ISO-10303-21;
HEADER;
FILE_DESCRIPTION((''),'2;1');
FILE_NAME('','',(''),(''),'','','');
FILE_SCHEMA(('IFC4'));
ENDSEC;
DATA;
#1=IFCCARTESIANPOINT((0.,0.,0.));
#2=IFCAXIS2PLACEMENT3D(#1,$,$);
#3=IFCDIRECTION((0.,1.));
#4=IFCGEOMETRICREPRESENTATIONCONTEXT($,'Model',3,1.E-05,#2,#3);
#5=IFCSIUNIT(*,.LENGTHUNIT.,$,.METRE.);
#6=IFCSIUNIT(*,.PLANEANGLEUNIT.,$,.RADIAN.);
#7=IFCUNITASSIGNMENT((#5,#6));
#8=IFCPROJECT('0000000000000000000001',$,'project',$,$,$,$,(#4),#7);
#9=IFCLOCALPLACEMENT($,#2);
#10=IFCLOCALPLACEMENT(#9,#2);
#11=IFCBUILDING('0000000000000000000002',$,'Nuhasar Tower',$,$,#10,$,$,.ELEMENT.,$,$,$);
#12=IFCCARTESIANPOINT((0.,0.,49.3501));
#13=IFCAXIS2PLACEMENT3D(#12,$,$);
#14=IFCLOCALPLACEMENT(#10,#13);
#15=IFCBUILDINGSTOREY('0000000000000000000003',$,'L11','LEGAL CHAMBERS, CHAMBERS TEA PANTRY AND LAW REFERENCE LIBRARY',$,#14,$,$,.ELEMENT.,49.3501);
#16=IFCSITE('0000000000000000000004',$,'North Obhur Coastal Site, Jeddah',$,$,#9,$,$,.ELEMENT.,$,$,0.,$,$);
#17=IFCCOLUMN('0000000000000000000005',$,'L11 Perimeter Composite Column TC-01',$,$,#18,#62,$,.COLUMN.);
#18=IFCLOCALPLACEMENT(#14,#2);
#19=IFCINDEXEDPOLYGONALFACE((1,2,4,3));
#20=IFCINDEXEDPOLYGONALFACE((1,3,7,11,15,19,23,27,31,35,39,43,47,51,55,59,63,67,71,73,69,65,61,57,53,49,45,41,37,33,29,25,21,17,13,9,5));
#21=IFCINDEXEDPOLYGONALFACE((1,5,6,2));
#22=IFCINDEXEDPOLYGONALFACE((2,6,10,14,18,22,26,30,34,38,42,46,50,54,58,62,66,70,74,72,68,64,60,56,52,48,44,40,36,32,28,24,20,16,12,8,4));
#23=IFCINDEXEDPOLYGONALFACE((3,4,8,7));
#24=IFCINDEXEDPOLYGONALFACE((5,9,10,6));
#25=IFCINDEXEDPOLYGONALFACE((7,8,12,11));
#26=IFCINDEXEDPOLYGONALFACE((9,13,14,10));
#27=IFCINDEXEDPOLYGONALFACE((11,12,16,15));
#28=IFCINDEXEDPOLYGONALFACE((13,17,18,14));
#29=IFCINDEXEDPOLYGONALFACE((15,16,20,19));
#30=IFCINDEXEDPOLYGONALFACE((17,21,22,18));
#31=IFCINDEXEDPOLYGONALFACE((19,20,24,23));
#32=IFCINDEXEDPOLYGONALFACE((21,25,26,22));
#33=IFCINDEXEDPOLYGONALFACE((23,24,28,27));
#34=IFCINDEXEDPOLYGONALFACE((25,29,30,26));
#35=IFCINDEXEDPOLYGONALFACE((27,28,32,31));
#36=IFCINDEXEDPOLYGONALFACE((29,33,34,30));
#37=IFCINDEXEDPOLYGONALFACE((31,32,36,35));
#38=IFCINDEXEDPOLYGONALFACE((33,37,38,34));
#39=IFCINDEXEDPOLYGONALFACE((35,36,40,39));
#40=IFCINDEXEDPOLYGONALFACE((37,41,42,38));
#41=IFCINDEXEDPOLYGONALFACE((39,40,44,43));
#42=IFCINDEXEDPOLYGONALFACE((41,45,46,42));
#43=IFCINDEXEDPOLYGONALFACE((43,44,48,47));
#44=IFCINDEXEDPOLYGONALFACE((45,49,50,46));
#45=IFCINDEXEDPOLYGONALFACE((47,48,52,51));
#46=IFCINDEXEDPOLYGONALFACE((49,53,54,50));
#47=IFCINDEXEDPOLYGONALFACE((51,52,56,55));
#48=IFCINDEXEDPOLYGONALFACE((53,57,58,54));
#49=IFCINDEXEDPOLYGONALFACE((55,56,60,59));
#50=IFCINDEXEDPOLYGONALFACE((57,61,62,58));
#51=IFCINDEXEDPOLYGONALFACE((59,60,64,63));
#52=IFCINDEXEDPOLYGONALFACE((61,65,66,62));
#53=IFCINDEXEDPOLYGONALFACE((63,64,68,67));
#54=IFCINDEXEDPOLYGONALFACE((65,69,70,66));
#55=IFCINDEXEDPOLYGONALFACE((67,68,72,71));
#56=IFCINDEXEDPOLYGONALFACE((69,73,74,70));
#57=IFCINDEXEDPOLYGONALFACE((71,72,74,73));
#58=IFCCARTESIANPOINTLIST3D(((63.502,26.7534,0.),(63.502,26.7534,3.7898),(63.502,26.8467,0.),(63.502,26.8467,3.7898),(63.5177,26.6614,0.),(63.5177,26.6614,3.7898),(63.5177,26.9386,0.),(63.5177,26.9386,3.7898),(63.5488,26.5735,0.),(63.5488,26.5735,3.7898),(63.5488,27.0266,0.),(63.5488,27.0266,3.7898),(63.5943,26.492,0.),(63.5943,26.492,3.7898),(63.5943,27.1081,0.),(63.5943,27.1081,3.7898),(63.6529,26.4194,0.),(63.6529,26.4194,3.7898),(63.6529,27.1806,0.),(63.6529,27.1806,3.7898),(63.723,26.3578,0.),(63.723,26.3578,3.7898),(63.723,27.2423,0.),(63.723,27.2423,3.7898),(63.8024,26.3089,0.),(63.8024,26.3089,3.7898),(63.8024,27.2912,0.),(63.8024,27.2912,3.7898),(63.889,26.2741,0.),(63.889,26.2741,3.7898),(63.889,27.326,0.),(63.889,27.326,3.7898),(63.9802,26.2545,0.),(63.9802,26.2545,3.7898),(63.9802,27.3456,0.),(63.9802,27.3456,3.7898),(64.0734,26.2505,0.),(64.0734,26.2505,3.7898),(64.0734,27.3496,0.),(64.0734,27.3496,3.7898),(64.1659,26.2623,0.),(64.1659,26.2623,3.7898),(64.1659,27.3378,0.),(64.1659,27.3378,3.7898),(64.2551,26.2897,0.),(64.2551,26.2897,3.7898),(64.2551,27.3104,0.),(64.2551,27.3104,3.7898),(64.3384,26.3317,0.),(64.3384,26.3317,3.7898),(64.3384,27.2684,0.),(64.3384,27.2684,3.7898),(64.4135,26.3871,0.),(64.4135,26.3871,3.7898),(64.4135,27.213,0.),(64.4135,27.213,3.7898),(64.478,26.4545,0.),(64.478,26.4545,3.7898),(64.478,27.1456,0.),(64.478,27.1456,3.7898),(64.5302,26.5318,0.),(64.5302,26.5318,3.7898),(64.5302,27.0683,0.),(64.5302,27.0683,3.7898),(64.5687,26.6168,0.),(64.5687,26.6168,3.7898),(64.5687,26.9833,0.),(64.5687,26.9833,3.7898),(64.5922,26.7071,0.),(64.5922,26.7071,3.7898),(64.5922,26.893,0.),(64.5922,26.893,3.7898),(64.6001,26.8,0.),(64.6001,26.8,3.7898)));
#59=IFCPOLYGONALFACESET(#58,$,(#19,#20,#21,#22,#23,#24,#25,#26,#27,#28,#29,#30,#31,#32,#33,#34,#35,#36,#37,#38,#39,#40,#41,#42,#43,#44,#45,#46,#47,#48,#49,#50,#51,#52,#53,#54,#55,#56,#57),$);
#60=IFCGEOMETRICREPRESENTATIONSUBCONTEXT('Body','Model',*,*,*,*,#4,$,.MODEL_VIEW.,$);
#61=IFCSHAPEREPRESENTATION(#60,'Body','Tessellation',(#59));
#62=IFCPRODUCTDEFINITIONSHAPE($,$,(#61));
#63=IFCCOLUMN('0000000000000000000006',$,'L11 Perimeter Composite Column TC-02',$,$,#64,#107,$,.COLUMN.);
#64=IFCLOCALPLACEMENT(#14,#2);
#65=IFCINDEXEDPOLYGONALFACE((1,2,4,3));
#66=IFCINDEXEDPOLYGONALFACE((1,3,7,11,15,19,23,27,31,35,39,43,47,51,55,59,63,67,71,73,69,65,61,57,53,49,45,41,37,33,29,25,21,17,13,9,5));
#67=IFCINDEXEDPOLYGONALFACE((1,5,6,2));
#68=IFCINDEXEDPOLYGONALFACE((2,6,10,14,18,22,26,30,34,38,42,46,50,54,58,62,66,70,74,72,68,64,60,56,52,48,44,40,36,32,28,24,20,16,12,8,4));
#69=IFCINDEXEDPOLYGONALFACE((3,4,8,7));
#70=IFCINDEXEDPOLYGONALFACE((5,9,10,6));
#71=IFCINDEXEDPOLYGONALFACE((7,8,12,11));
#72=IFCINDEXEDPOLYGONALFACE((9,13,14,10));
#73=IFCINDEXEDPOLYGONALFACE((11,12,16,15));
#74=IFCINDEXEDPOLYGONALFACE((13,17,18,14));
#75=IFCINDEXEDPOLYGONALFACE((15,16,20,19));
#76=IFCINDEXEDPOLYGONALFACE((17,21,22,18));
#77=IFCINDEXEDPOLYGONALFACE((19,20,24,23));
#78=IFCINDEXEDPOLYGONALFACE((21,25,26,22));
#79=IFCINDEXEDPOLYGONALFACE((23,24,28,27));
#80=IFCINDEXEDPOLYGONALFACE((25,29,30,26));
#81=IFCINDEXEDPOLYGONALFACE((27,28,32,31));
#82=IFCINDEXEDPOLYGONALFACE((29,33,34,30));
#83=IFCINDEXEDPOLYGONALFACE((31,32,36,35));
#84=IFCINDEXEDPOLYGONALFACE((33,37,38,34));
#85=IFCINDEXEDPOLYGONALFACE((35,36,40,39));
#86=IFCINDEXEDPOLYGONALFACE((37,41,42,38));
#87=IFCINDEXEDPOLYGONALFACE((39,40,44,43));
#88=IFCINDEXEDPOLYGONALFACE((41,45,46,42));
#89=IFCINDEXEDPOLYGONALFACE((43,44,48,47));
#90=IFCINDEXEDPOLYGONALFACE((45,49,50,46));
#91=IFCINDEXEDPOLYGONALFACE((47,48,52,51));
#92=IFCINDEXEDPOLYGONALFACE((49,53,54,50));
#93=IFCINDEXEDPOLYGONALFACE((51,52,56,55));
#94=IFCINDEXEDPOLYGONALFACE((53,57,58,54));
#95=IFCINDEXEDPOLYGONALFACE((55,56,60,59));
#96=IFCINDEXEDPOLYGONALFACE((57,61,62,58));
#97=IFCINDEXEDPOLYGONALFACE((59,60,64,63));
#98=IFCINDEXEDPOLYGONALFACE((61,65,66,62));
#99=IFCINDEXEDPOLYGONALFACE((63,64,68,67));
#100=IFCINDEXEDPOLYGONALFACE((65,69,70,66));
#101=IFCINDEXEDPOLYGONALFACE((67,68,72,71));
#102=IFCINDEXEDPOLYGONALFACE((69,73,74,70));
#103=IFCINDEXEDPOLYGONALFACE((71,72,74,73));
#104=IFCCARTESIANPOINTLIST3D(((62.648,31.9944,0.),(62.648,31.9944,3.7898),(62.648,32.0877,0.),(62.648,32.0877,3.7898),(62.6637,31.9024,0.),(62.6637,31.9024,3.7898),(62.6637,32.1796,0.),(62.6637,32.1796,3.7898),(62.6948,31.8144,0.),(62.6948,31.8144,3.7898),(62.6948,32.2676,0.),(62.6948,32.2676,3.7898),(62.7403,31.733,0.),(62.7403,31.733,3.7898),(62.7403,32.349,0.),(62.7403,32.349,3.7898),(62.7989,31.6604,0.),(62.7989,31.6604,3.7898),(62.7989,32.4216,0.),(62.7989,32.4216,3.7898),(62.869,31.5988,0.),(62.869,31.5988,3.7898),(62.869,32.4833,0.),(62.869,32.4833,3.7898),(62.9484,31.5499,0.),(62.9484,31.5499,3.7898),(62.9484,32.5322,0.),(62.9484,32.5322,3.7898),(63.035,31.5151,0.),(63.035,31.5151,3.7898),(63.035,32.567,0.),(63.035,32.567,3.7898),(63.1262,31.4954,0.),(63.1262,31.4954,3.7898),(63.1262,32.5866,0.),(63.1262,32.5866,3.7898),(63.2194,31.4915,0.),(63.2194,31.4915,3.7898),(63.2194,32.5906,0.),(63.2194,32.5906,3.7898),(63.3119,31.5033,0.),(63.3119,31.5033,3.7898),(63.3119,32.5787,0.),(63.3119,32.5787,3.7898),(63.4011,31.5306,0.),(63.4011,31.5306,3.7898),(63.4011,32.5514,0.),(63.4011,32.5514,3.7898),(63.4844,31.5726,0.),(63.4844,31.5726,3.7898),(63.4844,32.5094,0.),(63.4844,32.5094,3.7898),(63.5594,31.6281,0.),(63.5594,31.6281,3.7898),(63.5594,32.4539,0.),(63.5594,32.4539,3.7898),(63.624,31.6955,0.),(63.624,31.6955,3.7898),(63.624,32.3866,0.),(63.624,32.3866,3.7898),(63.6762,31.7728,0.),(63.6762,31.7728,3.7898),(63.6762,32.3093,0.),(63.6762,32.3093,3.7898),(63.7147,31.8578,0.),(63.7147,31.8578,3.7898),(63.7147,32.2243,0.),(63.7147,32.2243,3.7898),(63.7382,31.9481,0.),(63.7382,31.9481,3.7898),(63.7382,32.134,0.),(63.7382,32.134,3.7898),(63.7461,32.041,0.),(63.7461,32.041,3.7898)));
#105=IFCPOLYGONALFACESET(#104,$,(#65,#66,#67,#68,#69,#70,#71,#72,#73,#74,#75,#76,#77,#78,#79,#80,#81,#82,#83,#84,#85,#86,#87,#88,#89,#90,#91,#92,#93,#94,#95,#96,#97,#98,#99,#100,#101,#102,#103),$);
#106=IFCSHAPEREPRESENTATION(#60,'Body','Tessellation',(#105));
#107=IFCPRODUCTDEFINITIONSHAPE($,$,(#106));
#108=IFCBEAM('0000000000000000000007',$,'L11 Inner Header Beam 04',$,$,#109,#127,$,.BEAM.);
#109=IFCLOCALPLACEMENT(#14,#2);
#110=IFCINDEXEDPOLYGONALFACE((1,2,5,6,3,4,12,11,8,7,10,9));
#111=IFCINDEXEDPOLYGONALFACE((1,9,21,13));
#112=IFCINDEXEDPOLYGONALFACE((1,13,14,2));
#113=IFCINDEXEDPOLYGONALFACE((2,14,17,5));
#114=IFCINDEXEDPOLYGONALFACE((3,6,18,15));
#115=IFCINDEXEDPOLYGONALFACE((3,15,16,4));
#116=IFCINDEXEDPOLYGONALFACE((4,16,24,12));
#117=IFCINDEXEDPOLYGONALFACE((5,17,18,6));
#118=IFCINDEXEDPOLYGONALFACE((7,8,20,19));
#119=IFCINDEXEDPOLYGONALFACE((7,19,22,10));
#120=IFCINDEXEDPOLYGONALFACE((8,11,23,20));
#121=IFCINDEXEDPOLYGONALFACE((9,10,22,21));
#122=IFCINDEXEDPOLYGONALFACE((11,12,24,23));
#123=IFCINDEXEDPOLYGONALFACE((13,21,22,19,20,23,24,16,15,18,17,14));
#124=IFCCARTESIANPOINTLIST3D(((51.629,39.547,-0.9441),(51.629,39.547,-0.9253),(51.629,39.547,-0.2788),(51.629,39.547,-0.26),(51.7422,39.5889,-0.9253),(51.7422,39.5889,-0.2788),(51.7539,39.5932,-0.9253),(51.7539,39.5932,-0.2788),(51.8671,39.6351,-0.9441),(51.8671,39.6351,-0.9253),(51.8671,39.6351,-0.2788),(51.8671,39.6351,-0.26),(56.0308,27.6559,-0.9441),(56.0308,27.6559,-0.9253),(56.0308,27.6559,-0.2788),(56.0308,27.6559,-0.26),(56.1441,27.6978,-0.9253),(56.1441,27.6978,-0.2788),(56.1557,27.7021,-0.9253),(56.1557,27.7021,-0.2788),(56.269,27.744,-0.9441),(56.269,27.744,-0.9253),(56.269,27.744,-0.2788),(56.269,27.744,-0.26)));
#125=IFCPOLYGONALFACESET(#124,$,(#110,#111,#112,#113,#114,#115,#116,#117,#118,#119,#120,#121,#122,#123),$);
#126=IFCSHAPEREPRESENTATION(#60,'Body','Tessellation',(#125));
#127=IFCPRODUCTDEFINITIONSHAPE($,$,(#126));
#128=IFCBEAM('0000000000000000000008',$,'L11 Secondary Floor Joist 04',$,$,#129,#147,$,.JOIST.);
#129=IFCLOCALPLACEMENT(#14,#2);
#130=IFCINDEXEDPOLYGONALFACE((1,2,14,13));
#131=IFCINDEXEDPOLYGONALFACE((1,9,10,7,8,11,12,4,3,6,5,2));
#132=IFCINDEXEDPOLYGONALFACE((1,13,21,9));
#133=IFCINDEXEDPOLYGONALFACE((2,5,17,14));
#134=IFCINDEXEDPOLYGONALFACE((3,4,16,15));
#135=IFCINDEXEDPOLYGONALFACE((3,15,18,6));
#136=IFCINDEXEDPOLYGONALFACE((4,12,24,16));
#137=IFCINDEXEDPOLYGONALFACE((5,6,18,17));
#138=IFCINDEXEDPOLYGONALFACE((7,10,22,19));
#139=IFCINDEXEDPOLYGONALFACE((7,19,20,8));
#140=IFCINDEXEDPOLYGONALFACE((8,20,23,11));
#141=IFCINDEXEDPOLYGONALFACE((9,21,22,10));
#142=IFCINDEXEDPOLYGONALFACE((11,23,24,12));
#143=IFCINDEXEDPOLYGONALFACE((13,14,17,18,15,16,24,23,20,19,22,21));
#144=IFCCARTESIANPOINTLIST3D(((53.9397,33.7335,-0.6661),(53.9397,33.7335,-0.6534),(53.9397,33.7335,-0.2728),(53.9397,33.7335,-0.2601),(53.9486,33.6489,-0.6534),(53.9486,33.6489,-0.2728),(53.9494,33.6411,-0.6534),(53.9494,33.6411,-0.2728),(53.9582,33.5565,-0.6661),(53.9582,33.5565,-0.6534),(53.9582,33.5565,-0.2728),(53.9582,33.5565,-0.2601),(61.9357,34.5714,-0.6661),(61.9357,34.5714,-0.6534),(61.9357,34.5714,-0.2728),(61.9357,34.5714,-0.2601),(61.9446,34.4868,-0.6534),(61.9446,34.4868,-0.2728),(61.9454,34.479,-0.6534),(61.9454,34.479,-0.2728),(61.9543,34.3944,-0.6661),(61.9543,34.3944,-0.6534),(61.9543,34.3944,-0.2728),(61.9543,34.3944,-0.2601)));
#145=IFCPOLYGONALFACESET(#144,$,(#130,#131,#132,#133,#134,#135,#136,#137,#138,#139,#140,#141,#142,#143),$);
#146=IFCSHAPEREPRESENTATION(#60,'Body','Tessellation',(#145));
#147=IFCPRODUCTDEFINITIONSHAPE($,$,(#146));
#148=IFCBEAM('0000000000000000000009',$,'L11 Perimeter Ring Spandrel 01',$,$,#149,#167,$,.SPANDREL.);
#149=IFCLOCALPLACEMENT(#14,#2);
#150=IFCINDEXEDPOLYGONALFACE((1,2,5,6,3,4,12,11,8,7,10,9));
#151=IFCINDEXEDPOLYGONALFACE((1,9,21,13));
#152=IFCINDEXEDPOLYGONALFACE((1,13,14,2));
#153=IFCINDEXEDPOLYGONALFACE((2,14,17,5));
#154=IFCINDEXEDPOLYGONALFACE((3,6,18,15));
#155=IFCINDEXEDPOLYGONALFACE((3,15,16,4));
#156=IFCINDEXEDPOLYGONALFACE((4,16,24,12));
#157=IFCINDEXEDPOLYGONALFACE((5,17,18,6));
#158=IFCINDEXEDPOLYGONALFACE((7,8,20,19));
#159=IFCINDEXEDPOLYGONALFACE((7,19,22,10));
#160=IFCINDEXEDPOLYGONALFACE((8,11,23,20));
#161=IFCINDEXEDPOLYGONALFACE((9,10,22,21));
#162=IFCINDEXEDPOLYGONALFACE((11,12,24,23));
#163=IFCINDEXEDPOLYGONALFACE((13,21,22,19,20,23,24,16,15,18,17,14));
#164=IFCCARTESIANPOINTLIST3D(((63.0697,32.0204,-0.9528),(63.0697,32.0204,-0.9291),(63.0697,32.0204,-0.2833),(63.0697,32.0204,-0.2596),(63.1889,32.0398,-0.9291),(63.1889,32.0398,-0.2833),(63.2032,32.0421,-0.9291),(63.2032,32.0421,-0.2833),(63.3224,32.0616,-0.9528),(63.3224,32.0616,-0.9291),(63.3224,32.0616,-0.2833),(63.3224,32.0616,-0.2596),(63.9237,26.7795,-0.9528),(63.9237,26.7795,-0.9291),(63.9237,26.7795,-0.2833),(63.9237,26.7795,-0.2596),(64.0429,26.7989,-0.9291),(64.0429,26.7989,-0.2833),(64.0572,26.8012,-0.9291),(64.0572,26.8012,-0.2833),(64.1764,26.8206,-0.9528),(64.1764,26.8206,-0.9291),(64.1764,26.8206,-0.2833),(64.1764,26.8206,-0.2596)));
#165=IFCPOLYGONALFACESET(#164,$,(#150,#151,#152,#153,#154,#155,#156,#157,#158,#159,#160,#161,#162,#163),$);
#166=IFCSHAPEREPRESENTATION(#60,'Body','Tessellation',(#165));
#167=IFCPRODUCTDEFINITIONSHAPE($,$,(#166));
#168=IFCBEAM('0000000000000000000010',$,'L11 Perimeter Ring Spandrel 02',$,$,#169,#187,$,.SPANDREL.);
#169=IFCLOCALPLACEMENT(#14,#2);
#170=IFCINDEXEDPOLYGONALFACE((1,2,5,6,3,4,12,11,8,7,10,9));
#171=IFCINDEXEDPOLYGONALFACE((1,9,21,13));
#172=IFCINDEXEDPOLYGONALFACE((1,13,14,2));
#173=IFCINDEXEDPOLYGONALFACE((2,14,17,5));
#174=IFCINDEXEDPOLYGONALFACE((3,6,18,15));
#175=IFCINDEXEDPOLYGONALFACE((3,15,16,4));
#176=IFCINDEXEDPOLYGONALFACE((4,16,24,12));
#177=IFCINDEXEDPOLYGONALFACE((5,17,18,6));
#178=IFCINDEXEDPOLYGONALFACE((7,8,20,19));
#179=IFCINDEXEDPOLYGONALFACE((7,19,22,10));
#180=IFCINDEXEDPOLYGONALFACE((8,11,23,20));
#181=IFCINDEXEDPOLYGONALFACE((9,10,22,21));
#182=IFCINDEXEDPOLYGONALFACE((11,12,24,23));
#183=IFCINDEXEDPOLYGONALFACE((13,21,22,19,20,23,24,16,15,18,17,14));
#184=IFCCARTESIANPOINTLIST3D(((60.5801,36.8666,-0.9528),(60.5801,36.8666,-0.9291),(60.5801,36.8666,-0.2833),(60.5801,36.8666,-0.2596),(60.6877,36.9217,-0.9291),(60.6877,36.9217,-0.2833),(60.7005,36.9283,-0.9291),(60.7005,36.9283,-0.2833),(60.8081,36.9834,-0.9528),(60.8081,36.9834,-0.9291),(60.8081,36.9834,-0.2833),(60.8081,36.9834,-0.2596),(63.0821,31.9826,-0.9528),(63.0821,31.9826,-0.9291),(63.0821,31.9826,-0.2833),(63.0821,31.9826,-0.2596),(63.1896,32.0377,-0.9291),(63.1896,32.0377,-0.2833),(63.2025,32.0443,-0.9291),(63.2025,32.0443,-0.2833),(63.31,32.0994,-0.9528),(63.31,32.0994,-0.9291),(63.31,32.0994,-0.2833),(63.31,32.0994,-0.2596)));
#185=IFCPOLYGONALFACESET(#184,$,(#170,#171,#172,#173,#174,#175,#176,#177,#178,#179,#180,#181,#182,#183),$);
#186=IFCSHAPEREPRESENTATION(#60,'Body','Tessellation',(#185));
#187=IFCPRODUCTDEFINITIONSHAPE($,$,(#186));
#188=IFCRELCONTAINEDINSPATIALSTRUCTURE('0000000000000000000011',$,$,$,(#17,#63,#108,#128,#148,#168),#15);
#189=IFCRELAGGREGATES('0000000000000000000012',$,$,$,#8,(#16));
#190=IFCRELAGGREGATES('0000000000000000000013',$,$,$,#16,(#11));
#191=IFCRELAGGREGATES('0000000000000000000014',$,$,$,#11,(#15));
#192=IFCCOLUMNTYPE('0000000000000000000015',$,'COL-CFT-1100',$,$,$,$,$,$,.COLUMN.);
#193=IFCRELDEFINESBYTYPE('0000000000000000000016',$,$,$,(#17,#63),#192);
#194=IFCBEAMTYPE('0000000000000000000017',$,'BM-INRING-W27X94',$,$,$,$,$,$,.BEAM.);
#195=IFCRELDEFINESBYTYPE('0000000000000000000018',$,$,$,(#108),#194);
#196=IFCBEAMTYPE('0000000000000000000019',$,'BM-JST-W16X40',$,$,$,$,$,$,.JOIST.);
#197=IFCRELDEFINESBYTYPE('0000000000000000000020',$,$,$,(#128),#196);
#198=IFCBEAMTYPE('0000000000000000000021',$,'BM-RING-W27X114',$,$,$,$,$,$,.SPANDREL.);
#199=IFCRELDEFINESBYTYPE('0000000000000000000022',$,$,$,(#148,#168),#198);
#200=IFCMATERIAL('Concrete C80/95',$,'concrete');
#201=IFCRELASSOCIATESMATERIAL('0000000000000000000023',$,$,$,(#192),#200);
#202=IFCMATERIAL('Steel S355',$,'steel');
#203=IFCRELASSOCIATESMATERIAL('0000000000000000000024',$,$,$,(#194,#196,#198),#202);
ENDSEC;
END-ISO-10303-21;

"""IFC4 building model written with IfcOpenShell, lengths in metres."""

from ifc_helpers import new_model, si_unit, direction, frame, origin, origin_2d, place, context, subcontext, project, spatial, circle, i_section, extrude, material, material_profile, profile_set, type_object, element, save


model = new_model("IFC4")

# Units and contexts
model_context = context("Model", 3, precision=1e-05, world=origin(), true_north=direction((0.0, 1.0)))
body_context = subcontext(model_context, "Body", "Model", "MODEL_VIEW")
ifc_project = project(units=[si_unit("LENGTHUNIT", "METRE"), si_unit("PLANEANGLEUNIT", "RADIAN")], contexts=[model_context])

# Site, building, storey
site_placement = place(None, origin())
site = spatial("IfcSite", under=ifc_project, at=site_placement, Name="North Obhur Coastal Site, Jeddah", CompositionType="ELEMENT", RefElevation=0.0)
building_placement = place(site_placement, origin())
building = spatial("IfcBuilding", under=site, at=building_placement, Name="Nuhasar Tower", CompositionType="ELEMENT")
storey_placement = place(building_placement, frame((0.0, 0.0, 49.3501)))
storey = spatial("IfcBuildingStorey", under=building, at=storey_placement, Name="L11", Description="LEGAL CHAMBERS, CHAMBERS TEA PANTRY AND LAW REFERENCE LIBRARY", CompositionType="ELEMENT", Elevation=49.3501)

# Columns
ifc_material_1 = material(Name="Concrete C80/95", Category="concrete")
ifc_material_profile_1 = material_profile(ifc_material_1, circle(Radius=0.55, at=origin_2d()), Name="CFT1100")
ifc_profile_set_1 = profile_set([ifc_material_profile_1], Name="Concrete C80/95")
column_type = type_object("IfcColumnType", Name="COL-CFT-1100", PredefinedType="COLUMN", material=ifc_profile_set_1)
for number, where, z_axis, x_axis, name in (
    (1, (64.05, 26.8, 0.0), (0.0, 0.0, 1.0), (1.0, 0.0, 0.0), "L11 Perimeter Composite Column TC-01"),
    (2, (63.196, 32.041, 0.0), (0.0, 0.0, 1.0), (1.0, 0.0, 0.0), "L11 Perimeter Composite Column TC-02"),
):
    element("IfcColumn", number, at=place(storey_placement, frame(where, z_axis=z_axis, x_axis=x_axis)), inside=storey, type_object=column_type, Name=name, PredefinedType="COLUMN", context=body_context, shape_type="SweptSolid", body=[
        extrude(circle(Radius=0.55, at=origin_2d()), origin(), (0.0, 0.0, 1.0), 3.7898),
    ])

# Beams
ifc_material_2 = material(Name="Steel S355", Category="steel")
ifc_material_profile_2 = material_profile(ifc_material_2, i_section(OverallWidth=0.2539, OverallDepth=0.6841, WebThickness=0.0125, FlangeThickness=0.0188, at=origin_2d()), Name="W27X94")
ifc_profile_set_2 = profile_set([ifc_material_profile_2], Name="Steel S355")
beam_type_1 = type_object("IfcBeamType", Name="BM-INRING-W27X94", PredefinedType="BEAM", material=ifc_profile_set_2)
beam_1_placement = place(storey_placement, frame((56.1499, 27.7, -0.6021), z_axis=(-0.347158, 0.937807, 0.0), x_axis=(-0.937807, -0.347158, 0.0)))
element("IfcBeam", 3, at=beam_1_placement, inside=storey, type_object=beam_type_1, Name="L11 Inner Header Beam 04", PredefinedType="BEAM", context=body_context, shape_type="SweptSolid", body=[
    extrude(i_section(OverallWidth=0.2539, OverallDepth=0.6841, WebThickness=0.0125, FlangeThickness=0.0188, at=origin_2d()), origin(), (0.0, 0.0, 1.0), 12.6797),
])
ifc_material_profile_3 = material_profile(ifc_material_2, i_section(OverallWidth=0.178, OverallDepth=0.406, WebThickness=0.0078, FlangeThickness=0.0127, at=origin_2d()), Name="W16X40")
ifc_profile_set_3 = profile_set([ifc_material_profile_3], Name="Steel S355")
beam_type_2 = type_object("IfcBeamType", Name="BM-JST-W16X40", PredefinedType="JOIST", material=ifc_profile_set_3)
beam_2_placement = place(storey_placement, frame((53.949, 33.645, -0.4631), z_axis=(0.994555, 0.104217, 0.0), x_axis=(-0.104217, 0.994555, 0.0)))
element("IfcBeam", 4, at=beam_2_placement, inside=storey, type_object=beam_type_2, Name="L11 Secondary Floor Joist 04", PredefinedType="JOIST", context=body_context, shape_type="SweptSolid", body=[
    extrude(i_section(OverallWidth=0.178, OverallDepth=0.406, WebThickness=0.0078, FlangeThickness=0.0127, at=origin_2d()), origin(), (0.0, 0.0, 1.0), 8.0398),
])
ifc_material_profile_4 = material_profile(ifc_material_2, i_section(OverallWidth=0.2561, OverallDepth=0.6931, WebThickness=0.0144, FlangeThickness=0.0237, at=origin_2d()), Name="W27X114")
ifc_profile_set_4 = profile_set([ifc_material_profile_4], Name="Steel S355")
beam_type_3 = type_object("IfcBeamType", Name="BM-RING-W27X114", PredefinedType="SPANDREL", material=ifc_profile_set_4)
beam_3_placement = place(storey_placement, frame((64.05, 26.8, -0.6062), z_axis=(-0.160827, 0.986983, 0.0), x_axis=(-0.986983, -0.160827, 0.0)))
element("IfcBeam", 5, at=beam_3_placement, inside=storey, type_object=beam_type_3, Name="L11 Perimeter Ring Spandrel 01", PredefinedType="SPANDREL", context=body_context, shape_type="SweptSolid", body=[
    extrude(i_section(OverallWidth=0.2561, OverallDepth=0.6931, WebThickness=0.0144, FlangeThickness=0.0237, at=origin_2d()), origin(), (0.0, 0.0, 1.0), 5.3101),
])
beam_4_placement = place(storey_placement, frame((63.196, 32.041, -0.6062), z_axis=(-0.45593, 0.890016, 0.0), x_axis=(-0.890016, -0.45593, 0.0)))
element("IfcBeam", 6, at=beam_4_placement, inside=storey, type_object=beam_type_3, Name="L11 Perimeter Ring Spandrel 02", PredefinedType="SPANDREL", context=body_context, shape_type="SweptSolid", body=[
    extrude(i_section(OverallWidth=0.2561, OverallDepth=0.6931, WebThickness=0.0144, FlangeThickness=0.0237, at=origin_2d()), origin(), (0.0, 0.0, 1.0), 5.4875),
])

save(model, "model.ifc")
